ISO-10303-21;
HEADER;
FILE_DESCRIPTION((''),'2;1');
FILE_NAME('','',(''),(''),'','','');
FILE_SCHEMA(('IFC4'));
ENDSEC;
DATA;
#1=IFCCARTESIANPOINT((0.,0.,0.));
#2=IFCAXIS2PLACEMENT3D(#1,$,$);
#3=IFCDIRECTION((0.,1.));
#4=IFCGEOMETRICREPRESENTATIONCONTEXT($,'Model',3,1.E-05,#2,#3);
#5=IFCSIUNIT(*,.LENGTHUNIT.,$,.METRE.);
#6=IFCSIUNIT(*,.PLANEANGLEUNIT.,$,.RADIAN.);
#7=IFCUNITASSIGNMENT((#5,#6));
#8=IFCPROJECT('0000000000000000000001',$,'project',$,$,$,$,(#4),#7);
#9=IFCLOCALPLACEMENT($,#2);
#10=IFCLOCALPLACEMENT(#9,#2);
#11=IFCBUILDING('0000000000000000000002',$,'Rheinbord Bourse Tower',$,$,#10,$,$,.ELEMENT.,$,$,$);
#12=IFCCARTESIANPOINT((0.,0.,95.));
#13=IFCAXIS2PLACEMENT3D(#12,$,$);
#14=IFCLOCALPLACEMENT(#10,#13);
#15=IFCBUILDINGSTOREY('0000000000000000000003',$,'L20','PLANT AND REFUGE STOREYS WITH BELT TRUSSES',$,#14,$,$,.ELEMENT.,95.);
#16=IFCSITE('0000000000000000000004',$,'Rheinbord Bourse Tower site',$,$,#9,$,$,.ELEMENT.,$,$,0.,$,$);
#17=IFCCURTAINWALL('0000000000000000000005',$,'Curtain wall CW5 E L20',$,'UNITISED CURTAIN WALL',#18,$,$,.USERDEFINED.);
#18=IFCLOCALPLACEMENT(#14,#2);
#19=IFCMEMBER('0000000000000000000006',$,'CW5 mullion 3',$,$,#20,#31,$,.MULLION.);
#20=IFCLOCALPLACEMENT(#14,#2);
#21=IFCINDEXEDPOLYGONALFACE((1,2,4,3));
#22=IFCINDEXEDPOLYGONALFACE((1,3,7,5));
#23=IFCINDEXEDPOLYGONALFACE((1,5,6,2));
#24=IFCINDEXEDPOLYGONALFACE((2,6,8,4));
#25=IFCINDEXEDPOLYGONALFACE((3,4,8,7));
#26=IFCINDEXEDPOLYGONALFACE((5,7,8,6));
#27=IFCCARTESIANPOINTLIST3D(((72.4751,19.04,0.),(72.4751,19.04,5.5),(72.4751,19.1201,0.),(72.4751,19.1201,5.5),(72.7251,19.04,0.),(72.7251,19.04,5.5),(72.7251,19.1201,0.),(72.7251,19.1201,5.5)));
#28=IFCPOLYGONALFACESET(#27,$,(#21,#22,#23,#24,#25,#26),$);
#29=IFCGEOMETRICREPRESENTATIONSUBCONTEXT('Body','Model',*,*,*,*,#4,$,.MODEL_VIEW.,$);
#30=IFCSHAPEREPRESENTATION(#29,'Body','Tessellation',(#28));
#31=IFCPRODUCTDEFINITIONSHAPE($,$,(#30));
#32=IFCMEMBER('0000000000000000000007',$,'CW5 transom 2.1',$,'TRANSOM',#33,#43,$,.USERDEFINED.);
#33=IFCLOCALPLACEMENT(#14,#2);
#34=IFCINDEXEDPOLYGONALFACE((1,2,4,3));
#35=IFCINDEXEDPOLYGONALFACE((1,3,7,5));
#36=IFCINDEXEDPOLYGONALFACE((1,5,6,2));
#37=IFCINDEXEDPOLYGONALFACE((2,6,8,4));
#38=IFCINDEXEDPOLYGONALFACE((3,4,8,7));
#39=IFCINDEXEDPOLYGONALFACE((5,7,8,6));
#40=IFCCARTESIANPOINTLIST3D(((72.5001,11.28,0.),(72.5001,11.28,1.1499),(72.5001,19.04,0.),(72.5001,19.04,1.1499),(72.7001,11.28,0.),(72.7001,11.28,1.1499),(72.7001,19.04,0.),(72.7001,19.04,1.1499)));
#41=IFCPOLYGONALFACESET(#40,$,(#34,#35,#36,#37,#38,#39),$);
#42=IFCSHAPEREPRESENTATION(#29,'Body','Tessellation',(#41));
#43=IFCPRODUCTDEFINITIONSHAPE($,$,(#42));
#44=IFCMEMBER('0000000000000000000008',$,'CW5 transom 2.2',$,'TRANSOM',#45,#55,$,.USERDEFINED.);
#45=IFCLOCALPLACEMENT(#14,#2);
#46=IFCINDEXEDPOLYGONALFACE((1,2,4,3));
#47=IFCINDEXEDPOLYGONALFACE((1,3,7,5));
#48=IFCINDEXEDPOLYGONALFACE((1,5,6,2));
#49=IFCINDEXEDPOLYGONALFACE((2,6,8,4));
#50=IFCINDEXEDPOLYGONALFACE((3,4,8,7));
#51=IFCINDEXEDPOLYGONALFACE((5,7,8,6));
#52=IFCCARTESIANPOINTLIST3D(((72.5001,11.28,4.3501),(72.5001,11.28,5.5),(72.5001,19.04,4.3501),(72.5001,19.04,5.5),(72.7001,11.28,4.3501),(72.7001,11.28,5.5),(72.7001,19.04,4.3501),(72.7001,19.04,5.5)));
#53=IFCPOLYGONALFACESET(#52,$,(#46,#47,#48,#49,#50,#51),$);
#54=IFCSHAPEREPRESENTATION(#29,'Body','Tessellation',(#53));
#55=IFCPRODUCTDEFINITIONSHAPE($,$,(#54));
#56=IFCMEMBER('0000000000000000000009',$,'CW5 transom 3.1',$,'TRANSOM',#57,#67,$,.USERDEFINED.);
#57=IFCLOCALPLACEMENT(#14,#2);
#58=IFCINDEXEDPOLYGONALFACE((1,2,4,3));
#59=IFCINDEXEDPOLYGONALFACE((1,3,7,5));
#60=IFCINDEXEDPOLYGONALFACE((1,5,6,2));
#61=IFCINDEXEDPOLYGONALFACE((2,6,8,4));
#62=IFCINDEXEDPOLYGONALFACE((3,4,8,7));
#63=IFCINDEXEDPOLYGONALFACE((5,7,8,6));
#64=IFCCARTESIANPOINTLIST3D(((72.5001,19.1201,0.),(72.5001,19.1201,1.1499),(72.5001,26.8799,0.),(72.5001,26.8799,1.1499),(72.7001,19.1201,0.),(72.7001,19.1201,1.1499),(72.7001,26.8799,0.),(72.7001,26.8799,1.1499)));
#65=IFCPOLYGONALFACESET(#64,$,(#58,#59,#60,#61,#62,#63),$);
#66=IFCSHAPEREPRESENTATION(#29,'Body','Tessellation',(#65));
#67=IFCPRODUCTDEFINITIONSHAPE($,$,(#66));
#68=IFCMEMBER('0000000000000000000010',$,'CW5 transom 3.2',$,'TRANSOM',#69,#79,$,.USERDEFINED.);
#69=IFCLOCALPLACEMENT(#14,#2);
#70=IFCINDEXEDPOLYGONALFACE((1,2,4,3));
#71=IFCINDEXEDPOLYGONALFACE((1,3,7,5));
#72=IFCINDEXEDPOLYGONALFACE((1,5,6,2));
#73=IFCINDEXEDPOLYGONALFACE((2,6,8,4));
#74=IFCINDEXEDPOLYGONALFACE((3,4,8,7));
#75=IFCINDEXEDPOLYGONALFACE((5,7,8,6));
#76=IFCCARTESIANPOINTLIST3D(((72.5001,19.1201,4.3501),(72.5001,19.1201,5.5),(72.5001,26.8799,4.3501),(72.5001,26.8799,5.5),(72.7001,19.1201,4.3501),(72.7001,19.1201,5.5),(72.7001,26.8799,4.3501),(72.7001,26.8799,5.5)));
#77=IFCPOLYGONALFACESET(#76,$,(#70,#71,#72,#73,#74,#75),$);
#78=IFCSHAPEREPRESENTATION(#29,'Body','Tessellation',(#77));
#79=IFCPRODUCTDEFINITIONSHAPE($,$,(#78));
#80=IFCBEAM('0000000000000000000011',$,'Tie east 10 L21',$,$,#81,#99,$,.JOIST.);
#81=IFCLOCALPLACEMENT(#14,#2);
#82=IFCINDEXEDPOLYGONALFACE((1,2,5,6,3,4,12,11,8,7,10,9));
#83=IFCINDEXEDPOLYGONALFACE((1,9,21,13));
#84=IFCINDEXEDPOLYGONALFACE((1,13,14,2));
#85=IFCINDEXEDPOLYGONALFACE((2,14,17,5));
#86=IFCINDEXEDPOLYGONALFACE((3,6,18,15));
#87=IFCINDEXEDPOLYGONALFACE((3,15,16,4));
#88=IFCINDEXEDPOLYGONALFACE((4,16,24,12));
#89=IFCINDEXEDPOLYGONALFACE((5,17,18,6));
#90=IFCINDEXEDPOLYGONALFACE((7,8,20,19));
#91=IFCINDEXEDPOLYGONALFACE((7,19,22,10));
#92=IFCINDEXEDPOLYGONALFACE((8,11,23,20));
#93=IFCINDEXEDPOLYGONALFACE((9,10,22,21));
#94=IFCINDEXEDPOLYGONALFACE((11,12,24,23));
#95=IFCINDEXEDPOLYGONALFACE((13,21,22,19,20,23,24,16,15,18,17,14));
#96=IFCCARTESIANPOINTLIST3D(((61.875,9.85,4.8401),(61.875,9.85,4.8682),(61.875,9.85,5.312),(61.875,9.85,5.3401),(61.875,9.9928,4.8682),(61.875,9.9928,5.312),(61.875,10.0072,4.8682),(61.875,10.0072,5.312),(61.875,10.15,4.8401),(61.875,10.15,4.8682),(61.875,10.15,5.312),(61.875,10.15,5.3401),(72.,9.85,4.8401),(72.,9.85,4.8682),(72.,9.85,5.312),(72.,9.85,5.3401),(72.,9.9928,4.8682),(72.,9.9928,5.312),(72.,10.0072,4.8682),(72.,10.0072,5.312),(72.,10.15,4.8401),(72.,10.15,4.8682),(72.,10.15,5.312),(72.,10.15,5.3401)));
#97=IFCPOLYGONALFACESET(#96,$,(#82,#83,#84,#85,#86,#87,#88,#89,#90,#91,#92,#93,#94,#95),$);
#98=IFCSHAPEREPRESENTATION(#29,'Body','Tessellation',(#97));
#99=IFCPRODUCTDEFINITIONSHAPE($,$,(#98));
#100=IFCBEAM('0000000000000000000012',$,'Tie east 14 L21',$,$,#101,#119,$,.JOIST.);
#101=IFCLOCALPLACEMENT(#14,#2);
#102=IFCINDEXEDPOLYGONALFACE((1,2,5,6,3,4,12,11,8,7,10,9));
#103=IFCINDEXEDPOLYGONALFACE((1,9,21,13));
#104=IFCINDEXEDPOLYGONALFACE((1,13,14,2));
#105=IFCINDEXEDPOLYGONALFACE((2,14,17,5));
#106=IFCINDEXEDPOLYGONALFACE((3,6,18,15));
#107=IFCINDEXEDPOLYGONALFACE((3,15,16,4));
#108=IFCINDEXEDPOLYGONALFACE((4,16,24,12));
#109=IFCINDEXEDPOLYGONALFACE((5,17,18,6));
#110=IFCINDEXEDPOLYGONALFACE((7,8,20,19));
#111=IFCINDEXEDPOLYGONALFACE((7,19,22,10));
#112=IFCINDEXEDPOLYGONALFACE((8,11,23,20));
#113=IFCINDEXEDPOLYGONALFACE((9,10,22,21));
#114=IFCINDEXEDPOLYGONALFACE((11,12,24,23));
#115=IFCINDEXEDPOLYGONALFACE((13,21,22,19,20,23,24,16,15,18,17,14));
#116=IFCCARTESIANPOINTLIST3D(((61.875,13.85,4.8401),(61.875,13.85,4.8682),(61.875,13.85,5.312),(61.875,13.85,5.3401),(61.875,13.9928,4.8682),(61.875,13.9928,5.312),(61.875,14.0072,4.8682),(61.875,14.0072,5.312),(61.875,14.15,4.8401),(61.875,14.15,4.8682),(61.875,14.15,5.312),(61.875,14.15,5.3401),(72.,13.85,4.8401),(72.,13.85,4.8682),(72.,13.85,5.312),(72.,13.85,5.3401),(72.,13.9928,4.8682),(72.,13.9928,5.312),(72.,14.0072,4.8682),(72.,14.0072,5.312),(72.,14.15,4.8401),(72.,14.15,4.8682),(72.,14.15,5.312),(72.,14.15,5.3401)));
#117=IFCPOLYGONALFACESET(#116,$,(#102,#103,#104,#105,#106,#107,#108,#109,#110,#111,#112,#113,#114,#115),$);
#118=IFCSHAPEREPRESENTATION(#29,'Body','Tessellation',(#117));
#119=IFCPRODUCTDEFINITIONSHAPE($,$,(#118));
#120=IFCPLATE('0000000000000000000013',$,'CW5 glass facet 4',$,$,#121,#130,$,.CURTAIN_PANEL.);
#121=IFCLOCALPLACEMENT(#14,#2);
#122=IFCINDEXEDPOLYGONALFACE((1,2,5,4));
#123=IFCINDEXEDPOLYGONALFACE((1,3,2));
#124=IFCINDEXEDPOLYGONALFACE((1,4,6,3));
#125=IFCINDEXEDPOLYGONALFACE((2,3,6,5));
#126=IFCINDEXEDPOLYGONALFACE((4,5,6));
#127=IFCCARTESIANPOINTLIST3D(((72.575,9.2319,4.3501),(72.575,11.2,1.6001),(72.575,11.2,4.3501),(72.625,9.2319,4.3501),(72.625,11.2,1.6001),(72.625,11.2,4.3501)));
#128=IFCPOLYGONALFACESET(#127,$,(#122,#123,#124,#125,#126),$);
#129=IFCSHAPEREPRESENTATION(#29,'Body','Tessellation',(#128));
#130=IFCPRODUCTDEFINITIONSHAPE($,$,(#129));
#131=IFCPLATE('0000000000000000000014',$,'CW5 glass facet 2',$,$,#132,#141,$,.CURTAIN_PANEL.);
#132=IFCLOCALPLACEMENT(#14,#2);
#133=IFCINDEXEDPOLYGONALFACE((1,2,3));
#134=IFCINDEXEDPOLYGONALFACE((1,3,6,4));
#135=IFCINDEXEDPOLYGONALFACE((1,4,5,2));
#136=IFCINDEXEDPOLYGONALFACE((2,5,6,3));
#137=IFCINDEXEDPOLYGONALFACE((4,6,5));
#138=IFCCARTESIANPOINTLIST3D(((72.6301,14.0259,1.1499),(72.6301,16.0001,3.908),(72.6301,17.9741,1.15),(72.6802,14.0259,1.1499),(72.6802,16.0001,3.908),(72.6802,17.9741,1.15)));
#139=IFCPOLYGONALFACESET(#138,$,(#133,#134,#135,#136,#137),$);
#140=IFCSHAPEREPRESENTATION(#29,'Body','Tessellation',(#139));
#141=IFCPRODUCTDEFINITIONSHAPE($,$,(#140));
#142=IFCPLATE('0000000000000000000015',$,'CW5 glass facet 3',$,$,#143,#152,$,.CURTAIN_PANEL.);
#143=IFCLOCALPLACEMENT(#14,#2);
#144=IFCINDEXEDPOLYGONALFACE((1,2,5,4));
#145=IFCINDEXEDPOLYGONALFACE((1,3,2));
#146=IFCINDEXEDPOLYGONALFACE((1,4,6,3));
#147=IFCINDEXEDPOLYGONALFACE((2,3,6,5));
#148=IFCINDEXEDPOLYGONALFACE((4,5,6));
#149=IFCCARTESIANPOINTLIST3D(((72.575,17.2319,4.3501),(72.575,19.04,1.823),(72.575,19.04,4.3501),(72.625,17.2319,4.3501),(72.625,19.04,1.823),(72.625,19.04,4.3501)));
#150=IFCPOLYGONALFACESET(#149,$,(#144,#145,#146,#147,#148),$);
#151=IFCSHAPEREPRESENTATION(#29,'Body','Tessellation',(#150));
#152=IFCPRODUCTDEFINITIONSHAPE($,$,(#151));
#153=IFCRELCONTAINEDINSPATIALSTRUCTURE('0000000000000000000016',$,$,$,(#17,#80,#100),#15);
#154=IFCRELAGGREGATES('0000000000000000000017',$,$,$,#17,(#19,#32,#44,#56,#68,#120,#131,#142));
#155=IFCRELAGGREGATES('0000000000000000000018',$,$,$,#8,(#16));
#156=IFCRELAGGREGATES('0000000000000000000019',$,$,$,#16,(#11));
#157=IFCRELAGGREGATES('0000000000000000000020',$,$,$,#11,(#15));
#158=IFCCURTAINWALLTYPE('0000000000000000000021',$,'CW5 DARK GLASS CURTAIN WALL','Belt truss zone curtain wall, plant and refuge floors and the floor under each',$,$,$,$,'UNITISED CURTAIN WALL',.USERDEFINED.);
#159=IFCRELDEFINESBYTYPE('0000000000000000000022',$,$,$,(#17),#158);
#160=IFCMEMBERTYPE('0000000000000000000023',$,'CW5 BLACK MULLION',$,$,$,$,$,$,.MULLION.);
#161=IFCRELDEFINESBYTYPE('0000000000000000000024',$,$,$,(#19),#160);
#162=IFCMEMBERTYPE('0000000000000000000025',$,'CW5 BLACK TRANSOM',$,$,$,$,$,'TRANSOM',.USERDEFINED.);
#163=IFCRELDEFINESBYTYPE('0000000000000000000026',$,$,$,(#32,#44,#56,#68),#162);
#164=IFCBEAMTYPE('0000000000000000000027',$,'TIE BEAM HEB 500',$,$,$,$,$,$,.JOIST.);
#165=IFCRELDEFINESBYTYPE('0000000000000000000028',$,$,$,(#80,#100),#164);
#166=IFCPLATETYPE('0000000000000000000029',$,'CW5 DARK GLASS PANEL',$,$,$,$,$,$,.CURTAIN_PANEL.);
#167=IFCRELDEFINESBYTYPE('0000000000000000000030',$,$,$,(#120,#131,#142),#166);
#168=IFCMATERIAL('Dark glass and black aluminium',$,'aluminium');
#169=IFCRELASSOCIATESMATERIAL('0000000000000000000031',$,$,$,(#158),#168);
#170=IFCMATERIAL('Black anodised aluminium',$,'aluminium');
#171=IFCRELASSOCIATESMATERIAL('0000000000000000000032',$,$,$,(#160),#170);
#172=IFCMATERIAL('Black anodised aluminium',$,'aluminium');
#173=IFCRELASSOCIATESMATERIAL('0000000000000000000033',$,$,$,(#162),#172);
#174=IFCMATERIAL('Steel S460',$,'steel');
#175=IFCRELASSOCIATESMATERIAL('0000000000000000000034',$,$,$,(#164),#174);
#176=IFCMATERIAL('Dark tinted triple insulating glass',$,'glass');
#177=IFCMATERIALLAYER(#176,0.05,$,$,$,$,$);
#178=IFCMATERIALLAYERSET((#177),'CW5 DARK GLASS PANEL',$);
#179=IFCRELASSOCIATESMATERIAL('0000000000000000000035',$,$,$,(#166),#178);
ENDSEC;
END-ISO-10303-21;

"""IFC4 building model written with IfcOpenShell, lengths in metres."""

from ifc_helpers import new_model, si_unit, direction, frame, origin, origin_2d, place, context, subcontext, project, spatial, polyline, rectangle, i_section, outline, extrude, material, layer, layer_set, material_profile, profile_set, type_object, element, aggregate, save


model = new_model("IFC4")

# Units and contexts
model_context = context("Model", 3, precision=1e-05, world=origin(), true_north=direction((0.0, 1.0)))
body_context = subcontext(model_context, "Body", "Model", "MODEL_VIEW")
ifc_project = project(units=[si_unit("LENGTHUNIT", "METRE"), si_unit("PLANEANGLEUNIT", "RADIAN")], contexts=[model_context])

# Site, building, storey
site_placement = place(None, origin())
site = spatial("IfcSite", under=ifc_project, at=site_placement, Name="Rheinbord Bourse Tower site", CompositionType="ELEMENT", RefElevation=0.0)
building_placement = place(site_placement, origin())
building = spatial("IfcBuilding", under=site, at=building_placement, Name="Rheinbord Bourse Tower", CompositionType="ELEMENT")
storey_placement = place(building_placement, frame((0.0, 0.0, 95.0)))
storey = spatial("IfcBuildingStorey", under=building, at=storey_placement, Name="L20", Description="PLANT AND REFUGE STOREYS WITH BELT TRUSSES", CompositionType="ELEMENT", Elevation=95.0)

# Curtain wall, members
ifc_material_1 = material(Name="Dark glass and black aluminium", Category="aluminium")
curtain_wall_type = type_object("IfcCurtainWallType", Name="CW5 DARK GLASS CURTAIN WALL", Description="Belt truss zone curtain wall, plant and refuge floors and the floor under each", ElementType="UNITISED CURTAIN WALL", PredefinedType="USERDEFINED", material=ifc_material_1)
curtain_wall_placement = place(storey_placement, origin())
curtain_wall = element("IfcCurtainWall", 1, at=curtain_wall_placement, inside=storey, type_object=curtain_wall_type, Name="Curtain wall CW5 E L20", ObjectType="UNITISED CURTAIN WALL", PredefinedType="USERDEFINED")
ifc_material_2 = material(Name="Black anodised aluminium", Category="aluminium")
ifc_material_profile_1 = material_profile(ifc_material_2, rectangle(XDim=0.25, YDim=0.0801, at=origin_2d()), Name="CW5 MULLION 80x250")
ifc_profile_set_1 = profile_set([ifc_material_profile_1], Name="Black anodised aluminium")
member_type_1 = type_object("IfcMemberType", Name="CW5 BLACK MULLION", PredefinedType="MULLION", material=ifc_profile_set_1)
member_1_placement = place(storey_placement, frame((72.6001, 19.0801, 0.0), z_axis=(0.0, 0.0, 1.0), x_axis=(-1.0, 0.0, 0.0)))
member_1 = element("IfcMember", 2, at=member_1_placement, type_object=member_type_1, Name="CW5 mullion 3", PredefinedType="MULLION", context=body_context, shape_type="SweptSolid", body=[
    extrude(rectangle(XDim=0.25, YDim=0.0801, at=origin_2d()), origin(), (0.0, 0.0, 1.0), 5.5),
])
ifc_material_3 = material(Name="Black anodised aluminium", Category="aluminium")
ifc_material_profile_2 = material_profile(ifc_material_3, rectangle(XDim=0.2, YDim=1.1499, at=origin_2d()), Name="CW5 TRANSOM 1150x200")
ifc_profile_set_2 = profile_set([ifc_material_profile_2], Name="Black anodised aluminium")
member_type_2 = type_object("IfcMemberType", Name="CW5 BLACK TRANSOM", ElementType="TRANSOM", PredefinedType="USERDEFINED", material=ifc_profile_set_2)
member_2_placement = place(storey_placement, frame((72.6001, 11.28, 0.575), z_axis=(0.0, 1.0, 0.0), x_axis=(-1.0, 0.0, 0.0)))
member_2 = element("IfcMember", 3, at=member_2_placement, type_object=member_type_2, Name="CW5 transom 2.1", ObjectType="TRANSOM", PredefinedType="USERDEFINED", context=body_context, shape_type="SweptSolid", body=[
    extrude(rectangle(XDim=0.2, YDim=1.1499, at=origin_2d()), origin(), (0.0, 0.0, 1.0), 7.76),
])
member_3_placement = place(storey_placement, frame((72.6001, 11.28, 4.925), z_axis=(0.0, 1.0, 0.0), x_axis=(-1.0, 0.0, 0.0)))
member_3 = element("IfcMember", 4, at=member_3_placement, type_object=member_type_2, Name="CW5 transom 2.2", ObjectType="TRANSOM", PredefinedType="USERDEFINED", context=body_context, shape_type="SweptSolid", body=[
    extrude(rectangle(XDim=0.2, YDim=1.1499, at=origin_2d()), origin(), (0.0, 0.0, 1.0), 7.76),
])
member_4_placement = place(storey_placement, frame((72.6001, 19.1201, 0.575), z_axis=(0.0, 1.0, 0.0), x_axis=(-1.0, 0.0, 0.0)))
member_4 = element("IfcMember", 5, at=member_4_placement, type_object=member_type_2, Name="CW5 transom 3.1", ObjectType="TRANSOM", PredefinedType="USERDEFINED", context=body_context, shape_type="SweptSolid", body=[
    extrude(rectangle(XDim=0.2, YDim=1.1499, at=origin_2d()), origin(), (0.0, 0.0, 1.0), 7.7598),
])
member_5_placement = place(storey_placement, frame((72.6001, 19.1201, 4.925), z_axis=(0.0, 1.0, 0.0), x_axis=(-1.0, 0.0, 0.0)))
member_5 = element("IfcMember", 6, at=member_5_placement, type_object=member_type_2, Name="CW5 transom 3.2", ObjectType="TRANSOM", PredefinedType="USERDEFINED", context=body_context, shape_type="SweptSolid", body=[
    extrude(rectangle(XDim=0.2, YDim=1.1499, at=origin_2d()), origin(), (0.0, 0.0, 1.0), 7.7598),
])

# Beams
ifc_material_4 = material(Name="Steel S460", Category="steel")
ifc_material_profile_3 = material_profile(ifc_material_4, i_section(OverallWidth=0.3, OverallDepth=0.5, WebThickness=0.0144, FlangeThickness=0.0281, at=origin_2d()), Name="HEB 500")
ifc_profile_set_3 = profile_set([ifc_material_profile_3], Name="Steel S460")
beam_type_1 = type_object("IfcBeamType", Name="TIE BEAM HEB 500", PredefinedType="JOIST", material=ifc_profile_set_3)
for number, where, z_axis, x_axis, name in (
    (7, (61.875, 10.0, 5.0901), (1.0, 0.0, 0.0), (0.0, 1.0, 0.0), "Tie east 10 L21"),
    (8, (61.875, 14.0, 5.0901), (1.0, 0.0, 0.0), (0.0, 1.0, 0.0), "Tie east 14 L21"),
):
    element("IfcBeam", number, at=place(storey_placement, frame(where, z_axis=z_axis, x_axis=x_axis)), inside=storey, type_object=beam_type_1, Name=name, PredefinedType="JOIST", context=body_context, shape_type="SweptSolid", body=[
        extrude(i_section(OverallWidth=0.3, OverallDepth=0.5, WebThickness=0.0144, FlangeThickness=0.0281, at=origin_2d()), origin(), (0.0, 0.0, 1.0), 10.125),
    ])

# Plates
ifc_material_5 = material(Name="Dark tinted triple insulating glass", Category="glass")
ifc_layer = layer(ifc_material_5, 0.05)
ifc_layer_set = layer_set([ifc_layer], Name="CW5 DARK GLASS PANEL")
plate_type = type_object("IfcPlateType", Name="CW5 DARK GLASS PANEL", PredefinedType="CURTAIN_PANEL", material=ifc_layer_set)
plate_1_placement = place(storey_placement, frame((72.625, 11.2, 4.3501), z_axis=(-1.0, 0.0, 0.0), x_axis=(0.0, 0.0, -1.0)))
plate_1 = element("IfcPlate", 9, at=plate_1_placement, type_object=plate_type, Name="CW5 glass facet 4", PredefinedType="CURTAIN_PANEL", context=body_context, shape_type="SweptSolid", body=[
    extrude(outline(polyline([(0.0, 0.0), (2.75, 0.0), (0.0, 1.968), (0.0, 0.0)])), origin(), (0.0, 0.0, 1.0), 0.05),
])
plate_2_placement = place(storey_placement, frame((72.6802, 14.0259, 1.1499), z_axis=(-1.0, 0.0, 0.0), x_axis=(0.0, 0.582035, 0.813164)))
plate_2 = element("IfcPlate", 10, at=plate_2_placement, type_object=plate_type, Name="CW5 glass facet 2", PredefinedType="CURTAIN_PANEL", context=body_context, shape_type="SweptSolid", body=[
    extrude(outline(polyline([(0.0, 0.0), (3.3918, 0.0), (2.2981, 3.2104), (0.0, 0.0)])), origin(), (0.0, 0.0, 1.0), 0.05),
])
plate_3_placement = place(storey_placement, frame((72.625, 19.04, 4.3501), z_axis=(-1.0, 0.0, 0.0), x_axis=(0.0, 0.0, -1.0)))
plate_3 = element("IfcPlate", 11, at=plate_3_placement, type_object=plate_type, Name="CW5 glass facet 3", PredefinedType="CURTAIN_PANEL", context=body_context, shape_type="SweptSolid", body=[
    extrude(outline(polyline([(0.0, 0.0), (2.5271, 0.0), (0.0, 1.8081), (0.0, 0.0)])), origin(), (0.0, 0.0, 1.0), 0.05),
])
aggregate(curtain_wall, [member_1, member_2, member_3, member_4, member_5, plate_1, plate_2, plate_3])

save(model, "model.ifc")
